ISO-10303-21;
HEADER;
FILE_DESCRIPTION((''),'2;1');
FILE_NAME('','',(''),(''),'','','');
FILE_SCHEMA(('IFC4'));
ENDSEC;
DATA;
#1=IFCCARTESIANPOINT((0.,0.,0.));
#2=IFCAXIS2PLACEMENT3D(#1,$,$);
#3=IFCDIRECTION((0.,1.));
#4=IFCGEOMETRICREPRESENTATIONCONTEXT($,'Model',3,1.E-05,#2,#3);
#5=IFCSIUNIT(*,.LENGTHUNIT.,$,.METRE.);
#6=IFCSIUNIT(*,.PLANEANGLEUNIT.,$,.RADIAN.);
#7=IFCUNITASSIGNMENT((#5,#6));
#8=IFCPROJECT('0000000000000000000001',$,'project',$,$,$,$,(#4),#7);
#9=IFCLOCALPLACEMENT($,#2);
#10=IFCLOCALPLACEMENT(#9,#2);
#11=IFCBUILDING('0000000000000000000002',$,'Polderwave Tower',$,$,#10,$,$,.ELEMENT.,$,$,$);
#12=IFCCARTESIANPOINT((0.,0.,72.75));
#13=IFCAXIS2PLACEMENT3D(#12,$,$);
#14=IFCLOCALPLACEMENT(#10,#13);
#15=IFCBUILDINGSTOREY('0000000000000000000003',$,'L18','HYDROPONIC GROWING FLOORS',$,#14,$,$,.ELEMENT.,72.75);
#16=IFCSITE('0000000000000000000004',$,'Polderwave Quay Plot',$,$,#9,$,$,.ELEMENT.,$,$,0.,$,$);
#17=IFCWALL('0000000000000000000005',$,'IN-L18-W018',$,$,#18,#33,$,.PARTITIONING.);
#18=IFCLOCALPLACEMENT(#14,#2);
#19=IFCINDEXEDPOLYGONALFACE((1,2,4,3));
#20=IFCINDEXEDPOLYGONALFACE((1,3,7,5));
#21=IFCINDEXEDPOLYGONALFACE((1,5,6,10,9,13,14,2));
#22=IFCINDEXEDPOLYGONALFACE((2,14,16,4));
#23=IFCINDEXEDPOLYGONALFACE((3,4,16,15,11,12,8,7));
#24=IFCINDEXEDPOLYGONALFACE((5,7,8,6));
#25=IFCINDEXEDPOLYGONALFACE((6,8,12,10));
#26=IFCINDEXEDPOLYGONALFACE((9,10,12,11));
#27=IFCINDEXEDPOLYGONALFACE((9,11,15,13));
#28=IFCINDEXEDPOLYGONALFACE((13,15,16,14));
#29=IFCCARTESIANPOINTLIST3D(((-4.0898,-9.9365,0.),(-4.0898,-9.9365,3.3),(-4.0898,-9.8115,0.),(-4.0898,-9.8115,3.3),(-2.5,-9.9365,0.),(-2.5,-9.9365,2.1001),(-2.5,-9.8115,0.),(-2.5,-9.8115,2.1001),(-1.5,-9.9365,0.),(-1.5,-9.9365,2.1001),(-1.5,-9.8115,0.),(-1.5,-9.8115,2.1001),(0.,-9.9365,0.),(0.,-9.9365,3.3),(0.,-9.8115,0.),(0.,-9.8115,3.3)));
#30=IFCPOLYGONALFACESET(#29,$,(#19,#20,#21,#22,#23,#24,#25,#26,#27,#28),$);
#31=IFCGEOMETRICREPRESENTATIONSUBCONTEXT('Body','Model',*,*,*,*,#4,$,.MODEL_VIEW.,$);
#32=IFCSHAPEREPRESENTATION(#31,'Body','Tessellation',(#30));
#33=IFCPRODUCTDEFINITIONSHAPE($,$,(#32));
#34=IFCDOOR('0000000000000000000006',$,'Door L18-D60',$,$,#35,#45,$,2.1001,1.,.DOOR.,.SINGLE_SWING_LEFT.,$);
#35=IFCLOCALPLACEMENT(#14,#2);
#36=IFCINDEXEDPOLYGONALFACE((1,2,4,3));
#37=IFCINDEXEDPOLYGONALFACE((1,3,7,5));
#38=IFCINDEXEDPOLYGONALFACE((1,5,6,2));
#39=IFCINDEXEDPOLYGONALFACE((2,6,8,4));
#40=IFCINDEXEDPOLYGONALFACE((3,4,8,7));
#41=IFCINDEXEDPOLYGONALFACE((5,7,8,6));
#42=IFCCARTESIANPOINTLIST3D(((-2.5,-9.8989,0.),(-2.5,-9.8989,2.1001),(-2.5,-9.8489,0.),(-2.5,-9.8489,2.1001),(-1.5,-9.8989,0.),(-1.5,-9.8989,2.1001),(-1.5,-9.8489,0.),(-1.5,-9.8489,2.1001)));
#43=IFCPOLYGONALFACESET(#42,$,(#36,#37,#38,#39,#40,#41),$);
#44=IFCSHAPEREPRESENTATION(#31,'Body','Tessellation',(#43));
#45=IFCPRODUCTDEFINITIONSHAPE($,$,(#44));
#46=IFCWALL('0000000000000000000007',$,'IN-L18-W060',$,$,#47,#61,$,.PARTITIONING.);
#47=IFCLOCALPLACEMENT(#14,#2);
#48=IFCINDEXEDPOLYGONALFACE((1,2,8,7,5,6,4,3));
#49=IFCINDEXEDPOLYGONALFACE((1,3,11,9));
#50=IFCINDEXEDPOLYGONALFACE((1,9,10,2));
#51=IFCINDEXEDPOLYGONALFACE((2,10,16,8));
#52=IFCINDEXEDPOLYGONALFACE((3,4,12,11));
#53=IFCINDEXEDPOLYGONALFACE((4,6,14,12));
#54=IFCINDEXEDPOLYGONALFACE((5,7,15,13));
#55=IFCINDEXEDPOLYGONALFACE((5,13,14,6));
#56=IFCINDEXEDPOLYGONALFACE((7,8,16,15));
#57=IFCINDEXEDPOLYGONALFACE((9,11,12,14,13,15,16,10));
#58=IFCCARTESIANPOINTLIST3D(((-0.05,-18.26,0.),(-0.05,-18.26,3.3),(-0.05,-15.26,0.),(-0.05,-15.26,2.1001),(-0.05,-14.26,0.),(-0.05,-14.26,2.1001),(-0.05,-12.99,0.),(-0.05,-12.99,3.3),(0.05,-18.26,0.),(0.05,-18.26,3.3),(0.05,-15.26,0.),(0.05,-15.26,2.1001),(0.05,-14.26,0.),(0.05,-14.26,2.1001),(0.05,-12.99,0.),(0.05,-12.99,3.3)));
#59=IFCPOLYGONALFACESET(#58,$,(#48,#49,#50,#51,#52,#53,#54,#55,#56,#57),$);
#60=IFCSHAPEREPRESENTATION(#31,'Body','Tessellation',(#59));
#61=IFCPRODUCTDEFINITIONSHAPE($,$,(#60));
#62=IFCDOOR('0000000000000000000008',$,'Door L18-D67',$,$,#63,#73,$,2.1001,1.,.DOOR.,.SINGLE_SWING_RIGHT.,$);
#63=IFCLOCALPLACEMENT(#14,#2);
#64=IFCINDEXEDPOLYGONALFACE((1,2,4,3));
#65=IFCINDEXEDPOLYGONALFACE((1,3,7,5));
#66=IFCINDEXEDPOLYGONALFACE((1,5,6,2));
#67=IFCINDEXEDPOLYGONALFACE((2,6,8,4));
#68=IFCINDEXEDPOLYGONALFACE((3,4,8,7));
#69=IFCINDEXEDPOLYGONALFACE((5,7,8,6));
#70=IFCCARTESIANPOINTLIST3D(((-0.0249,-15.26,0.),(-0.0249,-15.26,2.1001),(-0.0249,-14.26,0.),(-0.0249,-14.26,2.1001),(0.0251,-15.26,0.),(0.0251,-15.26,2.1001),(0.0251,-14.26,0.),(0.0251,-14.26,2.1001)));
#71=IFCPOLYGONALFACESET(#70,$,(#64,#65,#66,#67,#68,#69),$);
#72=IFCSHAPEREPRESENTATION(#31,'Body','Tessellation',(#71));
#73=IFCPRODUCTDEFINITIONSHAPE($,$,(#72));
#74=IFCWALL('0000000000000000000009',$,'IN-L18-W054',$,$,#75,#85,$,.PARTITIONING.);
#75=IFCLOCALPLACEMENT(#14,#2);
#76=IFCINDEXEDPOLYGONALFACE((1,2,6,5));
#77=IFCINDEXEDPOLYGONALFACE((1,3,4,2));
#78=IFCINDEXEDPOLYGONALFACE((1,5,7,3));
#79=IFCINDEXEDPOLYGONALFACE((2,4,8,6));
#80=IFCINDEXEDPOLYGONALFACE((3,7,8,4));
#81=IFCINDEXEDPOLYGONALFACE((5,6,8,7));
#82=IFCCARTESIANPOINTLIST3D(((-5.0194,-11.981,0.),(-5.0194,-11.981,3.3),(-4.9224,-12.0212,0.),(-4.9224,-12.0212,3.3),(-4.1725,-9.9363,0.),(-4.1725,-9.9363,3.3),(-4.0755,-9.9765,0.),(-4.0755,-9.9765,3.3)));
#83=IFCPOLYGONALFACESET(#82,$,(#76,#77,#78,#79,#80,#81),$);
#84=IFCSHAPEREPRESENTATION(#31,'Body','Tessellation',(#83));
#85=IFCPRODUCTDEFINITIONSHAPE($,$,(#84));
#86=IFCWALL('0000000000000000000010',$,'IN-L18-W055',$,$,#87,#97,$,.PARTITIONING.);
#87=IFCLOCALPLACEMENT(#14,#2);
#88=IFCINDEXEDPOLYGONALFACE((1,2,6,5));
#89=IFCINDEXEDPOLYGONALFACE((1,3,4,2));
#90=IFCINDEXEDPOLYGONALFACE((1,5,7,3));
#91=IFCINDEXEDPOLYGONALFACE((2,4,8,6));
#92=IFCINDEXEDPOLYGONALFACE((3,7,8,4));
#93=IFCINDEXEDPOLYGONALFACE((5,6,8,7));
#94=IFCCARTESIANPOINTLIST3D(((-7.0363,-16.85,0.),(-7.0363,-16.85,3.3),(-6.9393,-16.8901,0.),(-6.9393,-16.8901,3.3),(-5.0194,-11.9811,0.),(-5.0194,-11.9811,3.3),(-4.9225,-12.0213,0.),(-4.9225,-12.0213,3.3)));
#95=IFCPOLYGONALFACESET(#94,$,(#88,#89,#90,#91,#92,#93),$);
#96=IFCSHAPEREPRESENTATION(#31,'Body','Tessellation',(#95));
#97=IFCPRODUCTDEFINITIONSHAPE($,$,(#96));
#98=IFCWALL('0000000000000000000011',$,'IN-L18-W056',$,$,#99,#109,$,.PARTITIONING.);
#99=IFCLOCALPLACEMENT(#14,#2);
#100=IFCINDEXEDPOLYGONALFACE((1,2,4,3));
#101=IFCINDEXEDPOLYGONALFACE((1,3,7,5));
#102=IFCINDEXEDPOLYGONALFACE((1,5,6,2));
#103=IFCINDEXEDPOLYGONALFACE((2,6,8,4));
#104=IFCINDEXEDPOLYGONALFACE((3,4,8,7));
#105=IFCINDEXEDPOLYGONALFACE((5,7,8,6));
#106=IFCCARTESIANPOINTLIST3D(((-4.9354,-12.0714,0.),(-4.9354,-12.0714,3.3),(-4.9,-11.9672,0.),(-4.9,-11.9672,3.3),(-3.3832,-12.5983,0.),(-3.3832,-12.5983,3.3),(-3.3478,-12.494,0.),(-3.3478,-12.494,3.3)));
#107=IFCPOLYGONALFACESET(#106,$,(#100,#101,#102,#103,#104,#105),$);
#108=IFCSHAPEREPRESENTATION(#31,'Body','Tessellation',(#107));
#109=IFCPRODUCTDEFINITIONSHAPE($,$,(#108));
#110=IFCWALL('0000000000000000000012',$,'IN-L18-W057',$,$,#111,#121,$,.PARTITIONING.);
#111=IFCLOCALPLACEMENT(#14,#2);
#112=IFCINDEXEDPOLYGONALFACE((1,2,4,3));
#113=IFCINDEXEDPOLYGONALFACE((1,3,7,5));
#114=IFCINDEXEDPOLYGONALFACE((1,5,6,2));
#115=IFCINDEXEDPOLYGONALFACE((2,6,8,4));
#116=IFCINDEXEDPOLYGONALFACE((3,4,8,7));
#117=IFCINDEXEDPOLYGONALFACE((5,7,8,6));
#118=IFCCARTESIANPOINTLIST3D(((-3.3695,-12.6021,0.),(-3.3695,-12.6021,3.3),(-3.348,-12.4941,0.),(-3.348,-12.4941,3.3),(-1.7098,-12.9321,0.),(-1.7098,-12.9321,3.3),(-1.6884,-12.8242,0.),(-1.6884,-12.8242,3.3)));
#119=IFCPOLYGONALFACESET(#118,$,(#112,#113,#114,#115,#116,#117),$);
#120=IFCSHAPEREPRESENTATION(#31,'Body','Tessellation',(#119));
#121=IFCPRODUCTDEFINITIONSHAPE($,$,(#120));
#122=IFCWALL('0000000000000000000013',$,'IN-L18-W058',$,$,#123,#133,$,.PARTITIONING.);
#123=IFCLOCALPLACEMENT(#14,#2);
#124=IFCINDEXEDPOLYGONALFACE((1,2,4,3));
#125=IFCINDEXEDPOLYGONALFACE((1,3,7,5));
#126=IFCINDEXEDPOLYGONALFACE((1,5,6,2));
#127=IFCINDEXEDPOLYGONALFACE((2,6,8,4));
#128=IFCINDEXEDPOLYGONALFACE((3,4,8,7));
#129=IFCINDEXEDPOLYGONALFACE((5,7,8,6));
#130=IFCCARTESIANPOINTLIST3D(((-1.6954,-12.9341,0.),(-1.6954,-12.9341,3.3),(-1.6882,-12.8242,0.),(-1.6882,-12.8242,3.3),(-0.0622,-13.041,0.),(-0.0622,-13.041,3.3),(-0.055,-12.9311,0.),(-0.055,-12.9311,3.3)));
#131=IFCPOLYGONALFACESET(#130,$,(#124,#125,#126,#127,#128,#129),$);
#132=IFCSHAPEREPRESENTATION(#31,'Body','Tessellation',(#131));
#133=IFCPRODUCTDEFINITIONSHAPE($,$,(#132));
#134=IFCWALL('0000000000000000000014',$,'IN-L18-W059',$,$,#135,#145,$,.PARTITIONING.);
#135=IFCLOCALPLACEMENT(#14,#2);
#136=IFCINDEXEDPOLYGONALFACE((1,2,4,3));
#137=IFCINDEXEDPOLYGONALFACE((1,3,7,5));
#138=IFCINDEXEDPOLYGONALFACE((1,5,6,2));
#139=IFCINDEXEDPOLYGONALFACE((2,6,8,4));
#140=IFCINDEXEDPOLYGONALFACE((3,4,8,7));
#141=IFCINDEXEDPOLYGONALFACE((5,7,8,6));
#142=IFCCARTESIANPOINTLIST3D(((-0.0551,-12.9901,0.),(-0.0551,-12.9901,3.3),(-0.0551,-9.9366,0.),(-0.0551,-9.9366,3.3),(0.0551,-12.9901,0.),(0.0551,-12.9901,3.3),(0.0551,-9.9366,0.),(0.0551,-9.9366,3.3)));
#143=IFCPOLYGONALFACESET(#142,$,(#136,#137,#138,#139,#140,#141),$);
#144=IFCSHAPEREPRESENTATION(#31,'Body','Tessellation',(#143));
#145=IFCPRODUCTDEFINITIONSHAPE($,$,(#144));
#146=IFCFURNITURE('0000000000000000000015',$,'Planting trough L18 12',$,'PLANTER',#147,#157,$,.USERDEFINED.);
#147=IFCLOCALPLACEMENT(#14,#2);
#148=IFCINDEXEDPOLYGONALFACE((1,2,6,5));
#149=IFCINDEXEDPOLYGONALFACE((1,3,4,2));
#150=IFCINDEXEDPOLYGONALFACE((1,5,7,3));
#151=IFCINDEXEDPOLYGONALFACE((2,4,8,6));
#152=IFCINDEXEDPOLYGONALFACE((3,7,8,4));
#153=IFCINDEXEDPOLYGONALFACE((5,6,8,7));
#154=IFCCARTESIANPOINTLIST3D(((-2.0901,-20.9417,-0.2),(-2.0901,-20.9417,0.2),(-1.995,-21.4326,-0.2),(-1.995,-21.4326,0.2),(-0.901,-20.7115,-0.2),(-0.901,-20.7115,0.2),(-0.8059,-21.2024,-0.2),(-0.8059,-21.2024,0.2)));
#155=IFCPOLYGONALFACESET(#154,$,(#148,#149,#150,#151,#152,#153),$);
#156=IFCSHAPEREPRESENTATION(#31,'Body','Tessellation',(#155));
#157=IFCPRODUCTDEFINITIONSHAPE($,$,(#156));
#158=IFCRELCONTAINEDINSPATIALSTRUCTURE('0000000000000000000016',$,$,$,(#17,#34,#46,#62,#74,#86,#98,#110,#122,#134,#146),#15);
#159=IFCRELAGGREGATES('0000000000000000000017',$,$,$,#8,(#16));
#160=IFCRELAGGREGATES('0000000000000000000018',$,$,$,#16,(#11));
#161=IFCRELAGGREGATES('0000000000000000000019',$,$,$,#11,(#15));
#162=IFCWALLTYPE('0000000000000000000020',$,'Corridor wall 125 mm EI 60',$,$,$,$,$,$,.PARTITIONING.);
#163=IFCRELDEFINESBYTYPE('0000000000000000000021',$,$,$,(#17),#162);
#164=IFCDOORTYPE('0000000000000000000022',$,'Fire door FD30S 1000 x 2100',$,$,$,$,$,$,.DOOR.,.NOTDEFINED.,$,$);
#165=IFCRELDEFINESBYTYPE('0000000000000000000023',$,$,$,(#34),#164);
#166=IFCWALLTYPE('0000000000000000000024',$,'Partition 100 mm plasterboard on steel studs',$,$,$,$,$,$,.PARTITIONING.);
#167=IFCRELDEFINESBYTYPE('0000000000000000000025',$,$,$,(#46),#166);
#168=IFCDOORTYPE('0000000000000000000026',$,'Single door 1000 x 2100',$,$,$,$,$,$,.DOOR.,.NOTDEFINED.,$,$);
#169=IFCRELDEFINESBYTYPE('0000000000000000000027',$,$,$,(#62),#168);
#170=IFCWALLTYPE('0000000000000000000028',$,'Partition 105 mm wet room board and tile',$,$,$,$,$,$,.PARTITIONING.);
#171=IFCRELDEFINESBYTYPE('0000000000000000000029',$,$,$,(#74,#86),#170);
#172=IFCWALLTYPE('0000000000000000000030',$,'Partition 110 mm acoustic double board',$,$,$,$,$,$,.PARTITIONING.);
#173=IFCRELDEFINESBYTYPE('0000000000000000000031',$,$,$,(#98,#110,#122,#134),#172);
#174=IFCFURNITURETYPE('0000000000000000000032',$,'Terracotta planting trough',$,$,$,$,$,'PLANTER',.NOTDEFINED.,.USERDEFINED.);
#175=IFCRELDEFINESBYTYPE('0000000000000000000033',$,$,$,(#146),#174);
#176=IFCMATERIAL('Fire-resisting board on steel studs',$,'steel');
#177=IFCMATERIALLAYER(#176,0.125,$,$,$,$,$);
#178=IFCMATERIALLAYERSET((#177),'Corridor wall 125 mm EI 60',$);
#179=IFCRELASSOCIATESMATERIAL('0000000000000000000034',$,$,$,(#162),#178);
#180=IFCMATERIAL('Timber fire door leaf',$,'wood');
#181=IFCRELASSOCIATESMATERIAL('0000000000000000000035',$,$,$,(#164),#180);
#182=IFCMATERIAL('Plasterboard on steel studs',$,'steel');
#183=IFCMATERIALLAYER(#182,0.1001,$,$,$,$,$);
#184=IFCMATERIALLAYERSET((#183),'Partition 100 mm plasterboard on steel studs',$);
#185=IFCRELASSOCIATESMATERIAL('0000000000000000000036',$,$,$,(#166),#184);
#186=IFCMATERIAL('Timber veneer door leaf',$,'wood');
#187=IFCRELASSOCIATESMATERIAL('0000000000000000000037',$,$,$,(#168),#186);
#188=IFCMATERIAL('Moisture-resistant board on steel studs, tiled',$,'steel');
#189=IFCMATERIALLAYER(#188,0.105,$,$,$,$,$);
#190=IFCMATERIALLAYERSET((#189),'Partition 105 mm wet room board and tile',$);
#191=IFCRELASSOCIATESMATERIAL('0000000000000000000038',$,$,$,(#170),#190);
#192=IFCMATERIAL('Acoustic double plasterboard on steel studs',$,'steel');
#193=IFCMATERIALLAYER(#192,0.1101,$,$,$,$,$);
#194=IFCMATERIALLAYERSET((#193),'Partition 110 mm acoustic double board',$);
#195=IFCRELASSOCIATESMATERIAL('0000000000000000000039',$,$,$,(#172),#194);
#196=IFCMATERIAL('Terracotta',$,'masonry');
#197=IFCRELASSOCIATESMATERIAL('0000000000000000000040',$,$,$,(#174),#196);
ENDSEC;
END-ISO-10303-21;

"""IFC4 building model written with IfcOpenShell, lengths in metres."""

from ifc_helpers import new_model, si_unit, direction, frame, frame_2d, origin, origin_2d, place, context, subcontext, project, spatial, rectangle, extrude, material, layer, layer_set, type_object, element, fill, save


model = new_model("IFC4")

# Units and contexts
model_context = context("Model", 3, precision=1e-05, world=origin(), true_north=direction((0.0, 1.0)))
body_context = subcontext(model_context, "Body", "Model", "MODEL_VIEW")
ifc_project = project(units=[si_unit("LENGTHUNIT", "METRE"), si_unit("PLANEANGLEUNIT", "RADIAN")], contexts=[model_context])

# Site, building, storey
site_placement = place(None, origin())
site = spatial("IfcSite", under=ifc_project, at=site_placement, Name="Polderwave Quay Plot", CompositionType="ELEMENT", RefElevation=0.0)
building_placement = place(site_placement, origin())
building = spatial("IfcBuilding", under=site, at=building_placement, Name="Polderwave Tower", CompositionType="ELEMENT")
storey_placement = place(building_placement, frame((0.0, 0.0, 72.75)))
storey = spatial("IfcBuildingStorey", under=building, at=storey_placement, Name="L18", Description="HYDROPONIC GROWING FLOORS", CompositionType="ELEMENT", Elevation=72.75)

# Walls, openings, doors
ifc_material_1 = material(Name="Fire-resisting board on steel studs", Category="steel")
ifc_layer_1 = layer(ifc_material_1, 0.125)
ifc_layer_set_1 = layer_set([ifc_layer_1], Name="Corridor wall 125 mm EI 60")
wall_type_1 = type_object("IfcWallType", Name="Corridor wall 125 mm EI 60", PredefinedType="PARTITIONING", material=ifc_layer_set_1)
ifc_material_2 = material(Name="Timber fire door leaf", Category="wood")
door_type_1 = type_object("IfcDoorType", Name="Fire door FD30S 1000 x 2100", OperationType="NOTDEFINED", PredefinedType="DOOR", material=ifc_material_2)
wall_1_placement = place(storey_placement, frame((0.0, -9.874, 0.0), z_axis=(0.0, 0.0, 1.0), x_axis=(-1.0, 0.0, 0.0)))
wall_1 = element("IfcWall", 1, at=wall_1_placement, inside=storey, type_object=wall_type_1, Name="IN-L18-W018", PredefinedType="PARTITIONING", context=body_context, shape_type="SweptSolid", body=[
    extrude(rectangle(XDim=4.0898, YDim=0.125, at=frame_2d((2.0449, 0.0))), origin(), (0.0, 0.0, 1.0), 3.3),
])
opening_1_placement = place(wall_1_placement, frame((1.5, 0.0, 0.0)))
opening_1 = element("IfcOpeningElement", 2, at=opening_1_placement, cuts=wall_1, PredefinedType="OPENING", context=body_context, shape_type="SweptSolid", body=[
    extrude(rectangle(XDim=1.0, YDim=2.1001, at=frame_2d((0.5, 1.05))), frame((0.0, 0.0725, 0.0), z_axis=(0.0, -1.0, 0.0), x_axis=(1.0, 0.0, 0.0)), (0.0, 0.0, 1.0), 0.145),
])
door_1_placement = place(opening_1_placement, origin())
door_1 = element("IfcDoor", 3, at=door_1_placement, inside=storey, type_object=door_type_1, Name="Door L18-D60", OperationType="SINGLE_SWING_LEFT", OverallHeight=2.1001, OverallWidth=1.0, PredefinedType="DOOR", context=body_context, shape_type="SweptSolid", body=[
    extrude(rectangle(XDim=1.0, YDim=2.1001, at=frame_2d((0.5, 1.05))), frame((0.0, 0.0249, 0.0), z_axis=(0.0, -1.0, 0.0), x_axis=(1.0, 0.0, 0.0)), (0.0, 0.0, 1.0), 0.05),
])
fill(opening_1, door_1)
ifc_material_3 = material(Name="Plasterboard on steel studs", Category="steel")
ifc_layer_2 = layer(ifc_material_3, 0.1001)
ifc_layer_set_2 = layer_set([ifc_layer_2], Name="Partition 100 mm plasterboard on steel studs")
wall_type_2 = type_object("IfcWallType", Name="Partition 100 mm plasterboard on steel studs", PredefinedType="PARTITIONING", material=ifc_layer_set_2)
wall_2_placement = place(storey_placement, frame((0.0, -18.26, 0.0), z_axis=(0.0, 0.0, 1.0), x_axis=(0.0, 1.0, 0.0)))
wall_2 = element("IfcWall", 4, at=wall_2_placement, inside=storey, type_object=wall_type_2, Name="IN-L18-W060", PredefinedType="PARTITIONING", context=body_context, shape_type="SweptSolid", body=[
    extrude(rectangle(XDim=5.27, YDim=0.1001, at=frame_2d((2.635, 0.0))), origin(), (0.0, 0.0, 1.0), 3.3),
])
opening_2_placement = place(wall_2_placement, frame((3.0, 0.0, 0.0)))
opening_2 = element("IfcOpeningElement", 5, at=opening_2_placement, cuts=wall_2, PredefinedType="OPENING", context=body_context, shape_type="SweptSolid", body=[
    extrude(rectangle(XDim=1.0, YDim=2.1001, at=frame_2d((0.5, 1.05))), frame((0.0, 0.0601, 0.0), z_axis=(0.0, -1.0, 0.0), x_axis=(1.0, 0.0, 0.0)), (0.0, 0.0, 1.0), 0.1201),
])
ifc_material_4 = material(Name="Timber veneer door leaf", Category="wood")
door_type_2 = type_object("IfcDoorType", Name="Single door 1000 x 2100", OperationType="NOTDEFINED", PredefinedType="DOOR", material=ifc_material_4)
door_2_placement = place(opening_2_placement, origin())
door_2 = element("IfcDoor", 6, at=door_2_placement, inside=storey, type_object=door_type_2, Name="Door L18-D67", OperationType="SINGLE_SWING_RIGHT", OverallHeight=2.1001, OverallWidth=1.0, PredefinedType="DOOR", context=body_context, shape_type="SweptSolid", body=[
    extrude(rectangle(XDim=1.0, YDim=2.1001, at=frame_2d((0.5, 1.05))), frame((0.0, 0.0249, 0.0), z_axis=(0.0, -1.0, 0.0), x_axis=(1.0, 0.0, 0.0)), (0.0, 0.0, 1.0), 0.05),
])
fill(opening_2, door_2)

# Walls
ifc_material_5 = material(Name="Moisture-resistant board on steel studs, tiled", Category="steel")
ifc_layer_3 = layer(ifc_material_5, 0.105)
ifc_layer_set_3 = layer_set([ifc_layer_3], Name="Partition 105 mm wet room board and tile")
wall_type_3 = type_object("IfcWallType", Name="Partition 105 mm wet room board and tile", PredefinedType="PARTITIONING", material=ifc_layer_set_3)
wall_3_placement = place(storey_placement, frame((-4.124, -9.9565, 0.0), z_axis=(0.0, 0.0, 1.0), x_axis=(-0.38268, -0.923881, 0.0)))
element("IfcWall", 7, at=wall_3_placement, inside=storey, type_object=wall_type_3, Name="IN-L18-W054", PredefinedType="PARTITIONING", context=body_context, shape_type="SweptSolid", body=[
    extrude(rectangle(XDim=2.2131, YDim=0.105, at=frame_2d((1.1064, 0.0))), origin(), (0.0, 0.0, 1.0), 3.3),
])
wall_4_placement = place(storey_placement, frame((-4.9709, -12.0012, 0.0), z_axis=(0.0, 0.0, 1.0), x_axis=(-0.382697, -0.923874, 0.0)))
element("IfcWall", 8, at=wall_4_placement, inside=storey, type_object=wall_type_3, Name="IN-L18-W055", PredefinedType="PARTITIONING", context=body_context, shape_type="SweptSolid", body=[
    extrude(rectangle(XDim=5.27, YDim=0.105, at=frame_2d((2.635, 0.0))), origin(), (0.0, 0.0, 1.0), 3.3),
])
ifc_material_6 = material(Name="Acoustic double plasterboard on steel studs", Category="steel")
ifc_layer_4 = layer(ifc_material_6, 0.1101)
ifc_layer_set_4 = layer_set([ifc_layer_4], Name="Partition 110 mm acoustic double board")
wall_type_4 = type_object("IfcWallType", Name="Partition 110 mm acoustic double board", PredefinedType="PARTITIONING", material=ifc_layer_set_4)
wall_5_placement = place(storey_placement, frame((-3.3655, -12.5461, 0.0), z_axis=(0.0, 0.0, 1.0), x_axis=(-0.946941, 0.321406, 0.0)))
element("IfcWall", 9, at=wall_5_placement, inside=storey, type_object=wall_type_4, Name="IN-L18-W056", PredefinedType="PARTITIONING", context=body_context, shape_type="SweptSolid", body=[
    extrude(rectangle(XDim=1.6392, YDim=0.1101, at=frame_2d((0.8196, 0.0))), origin(), (0.0, 0.0, 1.0), 3.3),
])
wall_6_placement = place(storey_placement, frame((-1.699, -12.8782, 0.0), z_axis=(0.0, 0.0, 1.0), x_axis=(-0.980791, 0.195062, 0.0)))
element("IfcWall", 10, at=wall_6_placement, inside=storey, type_object=wall_type_4, Name="IN-L18-W057", PredefinedType="PARTITIONING", context=body_context, shape_type="SweptSolid", body=[
    extrude(rectangle(XDim=1.6921, YDim=0.1101, at=frame_2d((0.8462, 0.0))), origin(), (0.0, 0.0, 1.0), 3.3),
])
wall_7_placement = place(storey_placement, frame((-0.0586, -12.9861, 0.0), z_axis=(0.0, 0.0, 1.0), x_axis=(-0.997864, 0.065331, 0.0)))
element("IfcWall", 11, at=wall_7_placement, inside=storey, type_object=wall_type_4, Name="IN-L18-W058", PredefinedType="PARTITIONING", context=body_context, shape_type="SweptSolid", body=[
    extrude(rectangle(XDim=1.6367, YDim=0.1101, at=frame_2d((0.8184, 0.0))), origin(), (0.0, 0.0, 1.0), 3.3),
])
wall_8_placement = place(storey_placement, frame((0.0, -9.9365, 0.0), z_axis=(0.0, 0.0, 1.0), x_axis=(0.0, -1.0, 0.0)))
element("IfcWall", 12, at=wall_8_placement, inside=storey, type_object=wall_type_4, Name="IN-L18-W059", PredefinedType="PARTITIONING", context=body_context, shape_type="SweptSolid", body=[
    extrude(rectangle(XDim=3.0535, YDim=0.1101, at=frame_2d((1.5269, 0.0))), origin(), (0.0, 0.0, 1.0), 3.3),
])

# Furniture
ifc_material_7 = material(Name="Terracotta", Category="masonry")
furniture_type = type_object("IfcFurnitureType", Name="Terracotta planting trough", ElementType="PLANTER", AssemblyPlace="NOTDEFINED", PredefinedType="USERDEFINED", material=ifc_material_7)
furniture_placement = place(storey_placement, frame((-1.448, -21.072, -0.2), z_axis=(0.0, 0.0, 1.0), x_axis=(0.981775, 0.190047, 0.0)))
element("IfcFurniture", 13, at=furniture_placement, inside=storey, type_object=furniture_type, Name="Planting trough L18 12", ObjectType="PLANTER", PredefinedType="USERDEFINED", context=body_context, shape_type="SweptSolid", body=[
    extrude(rectangle(XDim=1.2112, YDim=0.5, at=origin_2d()), origin(), (0.0, 0.0, 1.0), 0.3999),
])

save(model, "model.ifc")
